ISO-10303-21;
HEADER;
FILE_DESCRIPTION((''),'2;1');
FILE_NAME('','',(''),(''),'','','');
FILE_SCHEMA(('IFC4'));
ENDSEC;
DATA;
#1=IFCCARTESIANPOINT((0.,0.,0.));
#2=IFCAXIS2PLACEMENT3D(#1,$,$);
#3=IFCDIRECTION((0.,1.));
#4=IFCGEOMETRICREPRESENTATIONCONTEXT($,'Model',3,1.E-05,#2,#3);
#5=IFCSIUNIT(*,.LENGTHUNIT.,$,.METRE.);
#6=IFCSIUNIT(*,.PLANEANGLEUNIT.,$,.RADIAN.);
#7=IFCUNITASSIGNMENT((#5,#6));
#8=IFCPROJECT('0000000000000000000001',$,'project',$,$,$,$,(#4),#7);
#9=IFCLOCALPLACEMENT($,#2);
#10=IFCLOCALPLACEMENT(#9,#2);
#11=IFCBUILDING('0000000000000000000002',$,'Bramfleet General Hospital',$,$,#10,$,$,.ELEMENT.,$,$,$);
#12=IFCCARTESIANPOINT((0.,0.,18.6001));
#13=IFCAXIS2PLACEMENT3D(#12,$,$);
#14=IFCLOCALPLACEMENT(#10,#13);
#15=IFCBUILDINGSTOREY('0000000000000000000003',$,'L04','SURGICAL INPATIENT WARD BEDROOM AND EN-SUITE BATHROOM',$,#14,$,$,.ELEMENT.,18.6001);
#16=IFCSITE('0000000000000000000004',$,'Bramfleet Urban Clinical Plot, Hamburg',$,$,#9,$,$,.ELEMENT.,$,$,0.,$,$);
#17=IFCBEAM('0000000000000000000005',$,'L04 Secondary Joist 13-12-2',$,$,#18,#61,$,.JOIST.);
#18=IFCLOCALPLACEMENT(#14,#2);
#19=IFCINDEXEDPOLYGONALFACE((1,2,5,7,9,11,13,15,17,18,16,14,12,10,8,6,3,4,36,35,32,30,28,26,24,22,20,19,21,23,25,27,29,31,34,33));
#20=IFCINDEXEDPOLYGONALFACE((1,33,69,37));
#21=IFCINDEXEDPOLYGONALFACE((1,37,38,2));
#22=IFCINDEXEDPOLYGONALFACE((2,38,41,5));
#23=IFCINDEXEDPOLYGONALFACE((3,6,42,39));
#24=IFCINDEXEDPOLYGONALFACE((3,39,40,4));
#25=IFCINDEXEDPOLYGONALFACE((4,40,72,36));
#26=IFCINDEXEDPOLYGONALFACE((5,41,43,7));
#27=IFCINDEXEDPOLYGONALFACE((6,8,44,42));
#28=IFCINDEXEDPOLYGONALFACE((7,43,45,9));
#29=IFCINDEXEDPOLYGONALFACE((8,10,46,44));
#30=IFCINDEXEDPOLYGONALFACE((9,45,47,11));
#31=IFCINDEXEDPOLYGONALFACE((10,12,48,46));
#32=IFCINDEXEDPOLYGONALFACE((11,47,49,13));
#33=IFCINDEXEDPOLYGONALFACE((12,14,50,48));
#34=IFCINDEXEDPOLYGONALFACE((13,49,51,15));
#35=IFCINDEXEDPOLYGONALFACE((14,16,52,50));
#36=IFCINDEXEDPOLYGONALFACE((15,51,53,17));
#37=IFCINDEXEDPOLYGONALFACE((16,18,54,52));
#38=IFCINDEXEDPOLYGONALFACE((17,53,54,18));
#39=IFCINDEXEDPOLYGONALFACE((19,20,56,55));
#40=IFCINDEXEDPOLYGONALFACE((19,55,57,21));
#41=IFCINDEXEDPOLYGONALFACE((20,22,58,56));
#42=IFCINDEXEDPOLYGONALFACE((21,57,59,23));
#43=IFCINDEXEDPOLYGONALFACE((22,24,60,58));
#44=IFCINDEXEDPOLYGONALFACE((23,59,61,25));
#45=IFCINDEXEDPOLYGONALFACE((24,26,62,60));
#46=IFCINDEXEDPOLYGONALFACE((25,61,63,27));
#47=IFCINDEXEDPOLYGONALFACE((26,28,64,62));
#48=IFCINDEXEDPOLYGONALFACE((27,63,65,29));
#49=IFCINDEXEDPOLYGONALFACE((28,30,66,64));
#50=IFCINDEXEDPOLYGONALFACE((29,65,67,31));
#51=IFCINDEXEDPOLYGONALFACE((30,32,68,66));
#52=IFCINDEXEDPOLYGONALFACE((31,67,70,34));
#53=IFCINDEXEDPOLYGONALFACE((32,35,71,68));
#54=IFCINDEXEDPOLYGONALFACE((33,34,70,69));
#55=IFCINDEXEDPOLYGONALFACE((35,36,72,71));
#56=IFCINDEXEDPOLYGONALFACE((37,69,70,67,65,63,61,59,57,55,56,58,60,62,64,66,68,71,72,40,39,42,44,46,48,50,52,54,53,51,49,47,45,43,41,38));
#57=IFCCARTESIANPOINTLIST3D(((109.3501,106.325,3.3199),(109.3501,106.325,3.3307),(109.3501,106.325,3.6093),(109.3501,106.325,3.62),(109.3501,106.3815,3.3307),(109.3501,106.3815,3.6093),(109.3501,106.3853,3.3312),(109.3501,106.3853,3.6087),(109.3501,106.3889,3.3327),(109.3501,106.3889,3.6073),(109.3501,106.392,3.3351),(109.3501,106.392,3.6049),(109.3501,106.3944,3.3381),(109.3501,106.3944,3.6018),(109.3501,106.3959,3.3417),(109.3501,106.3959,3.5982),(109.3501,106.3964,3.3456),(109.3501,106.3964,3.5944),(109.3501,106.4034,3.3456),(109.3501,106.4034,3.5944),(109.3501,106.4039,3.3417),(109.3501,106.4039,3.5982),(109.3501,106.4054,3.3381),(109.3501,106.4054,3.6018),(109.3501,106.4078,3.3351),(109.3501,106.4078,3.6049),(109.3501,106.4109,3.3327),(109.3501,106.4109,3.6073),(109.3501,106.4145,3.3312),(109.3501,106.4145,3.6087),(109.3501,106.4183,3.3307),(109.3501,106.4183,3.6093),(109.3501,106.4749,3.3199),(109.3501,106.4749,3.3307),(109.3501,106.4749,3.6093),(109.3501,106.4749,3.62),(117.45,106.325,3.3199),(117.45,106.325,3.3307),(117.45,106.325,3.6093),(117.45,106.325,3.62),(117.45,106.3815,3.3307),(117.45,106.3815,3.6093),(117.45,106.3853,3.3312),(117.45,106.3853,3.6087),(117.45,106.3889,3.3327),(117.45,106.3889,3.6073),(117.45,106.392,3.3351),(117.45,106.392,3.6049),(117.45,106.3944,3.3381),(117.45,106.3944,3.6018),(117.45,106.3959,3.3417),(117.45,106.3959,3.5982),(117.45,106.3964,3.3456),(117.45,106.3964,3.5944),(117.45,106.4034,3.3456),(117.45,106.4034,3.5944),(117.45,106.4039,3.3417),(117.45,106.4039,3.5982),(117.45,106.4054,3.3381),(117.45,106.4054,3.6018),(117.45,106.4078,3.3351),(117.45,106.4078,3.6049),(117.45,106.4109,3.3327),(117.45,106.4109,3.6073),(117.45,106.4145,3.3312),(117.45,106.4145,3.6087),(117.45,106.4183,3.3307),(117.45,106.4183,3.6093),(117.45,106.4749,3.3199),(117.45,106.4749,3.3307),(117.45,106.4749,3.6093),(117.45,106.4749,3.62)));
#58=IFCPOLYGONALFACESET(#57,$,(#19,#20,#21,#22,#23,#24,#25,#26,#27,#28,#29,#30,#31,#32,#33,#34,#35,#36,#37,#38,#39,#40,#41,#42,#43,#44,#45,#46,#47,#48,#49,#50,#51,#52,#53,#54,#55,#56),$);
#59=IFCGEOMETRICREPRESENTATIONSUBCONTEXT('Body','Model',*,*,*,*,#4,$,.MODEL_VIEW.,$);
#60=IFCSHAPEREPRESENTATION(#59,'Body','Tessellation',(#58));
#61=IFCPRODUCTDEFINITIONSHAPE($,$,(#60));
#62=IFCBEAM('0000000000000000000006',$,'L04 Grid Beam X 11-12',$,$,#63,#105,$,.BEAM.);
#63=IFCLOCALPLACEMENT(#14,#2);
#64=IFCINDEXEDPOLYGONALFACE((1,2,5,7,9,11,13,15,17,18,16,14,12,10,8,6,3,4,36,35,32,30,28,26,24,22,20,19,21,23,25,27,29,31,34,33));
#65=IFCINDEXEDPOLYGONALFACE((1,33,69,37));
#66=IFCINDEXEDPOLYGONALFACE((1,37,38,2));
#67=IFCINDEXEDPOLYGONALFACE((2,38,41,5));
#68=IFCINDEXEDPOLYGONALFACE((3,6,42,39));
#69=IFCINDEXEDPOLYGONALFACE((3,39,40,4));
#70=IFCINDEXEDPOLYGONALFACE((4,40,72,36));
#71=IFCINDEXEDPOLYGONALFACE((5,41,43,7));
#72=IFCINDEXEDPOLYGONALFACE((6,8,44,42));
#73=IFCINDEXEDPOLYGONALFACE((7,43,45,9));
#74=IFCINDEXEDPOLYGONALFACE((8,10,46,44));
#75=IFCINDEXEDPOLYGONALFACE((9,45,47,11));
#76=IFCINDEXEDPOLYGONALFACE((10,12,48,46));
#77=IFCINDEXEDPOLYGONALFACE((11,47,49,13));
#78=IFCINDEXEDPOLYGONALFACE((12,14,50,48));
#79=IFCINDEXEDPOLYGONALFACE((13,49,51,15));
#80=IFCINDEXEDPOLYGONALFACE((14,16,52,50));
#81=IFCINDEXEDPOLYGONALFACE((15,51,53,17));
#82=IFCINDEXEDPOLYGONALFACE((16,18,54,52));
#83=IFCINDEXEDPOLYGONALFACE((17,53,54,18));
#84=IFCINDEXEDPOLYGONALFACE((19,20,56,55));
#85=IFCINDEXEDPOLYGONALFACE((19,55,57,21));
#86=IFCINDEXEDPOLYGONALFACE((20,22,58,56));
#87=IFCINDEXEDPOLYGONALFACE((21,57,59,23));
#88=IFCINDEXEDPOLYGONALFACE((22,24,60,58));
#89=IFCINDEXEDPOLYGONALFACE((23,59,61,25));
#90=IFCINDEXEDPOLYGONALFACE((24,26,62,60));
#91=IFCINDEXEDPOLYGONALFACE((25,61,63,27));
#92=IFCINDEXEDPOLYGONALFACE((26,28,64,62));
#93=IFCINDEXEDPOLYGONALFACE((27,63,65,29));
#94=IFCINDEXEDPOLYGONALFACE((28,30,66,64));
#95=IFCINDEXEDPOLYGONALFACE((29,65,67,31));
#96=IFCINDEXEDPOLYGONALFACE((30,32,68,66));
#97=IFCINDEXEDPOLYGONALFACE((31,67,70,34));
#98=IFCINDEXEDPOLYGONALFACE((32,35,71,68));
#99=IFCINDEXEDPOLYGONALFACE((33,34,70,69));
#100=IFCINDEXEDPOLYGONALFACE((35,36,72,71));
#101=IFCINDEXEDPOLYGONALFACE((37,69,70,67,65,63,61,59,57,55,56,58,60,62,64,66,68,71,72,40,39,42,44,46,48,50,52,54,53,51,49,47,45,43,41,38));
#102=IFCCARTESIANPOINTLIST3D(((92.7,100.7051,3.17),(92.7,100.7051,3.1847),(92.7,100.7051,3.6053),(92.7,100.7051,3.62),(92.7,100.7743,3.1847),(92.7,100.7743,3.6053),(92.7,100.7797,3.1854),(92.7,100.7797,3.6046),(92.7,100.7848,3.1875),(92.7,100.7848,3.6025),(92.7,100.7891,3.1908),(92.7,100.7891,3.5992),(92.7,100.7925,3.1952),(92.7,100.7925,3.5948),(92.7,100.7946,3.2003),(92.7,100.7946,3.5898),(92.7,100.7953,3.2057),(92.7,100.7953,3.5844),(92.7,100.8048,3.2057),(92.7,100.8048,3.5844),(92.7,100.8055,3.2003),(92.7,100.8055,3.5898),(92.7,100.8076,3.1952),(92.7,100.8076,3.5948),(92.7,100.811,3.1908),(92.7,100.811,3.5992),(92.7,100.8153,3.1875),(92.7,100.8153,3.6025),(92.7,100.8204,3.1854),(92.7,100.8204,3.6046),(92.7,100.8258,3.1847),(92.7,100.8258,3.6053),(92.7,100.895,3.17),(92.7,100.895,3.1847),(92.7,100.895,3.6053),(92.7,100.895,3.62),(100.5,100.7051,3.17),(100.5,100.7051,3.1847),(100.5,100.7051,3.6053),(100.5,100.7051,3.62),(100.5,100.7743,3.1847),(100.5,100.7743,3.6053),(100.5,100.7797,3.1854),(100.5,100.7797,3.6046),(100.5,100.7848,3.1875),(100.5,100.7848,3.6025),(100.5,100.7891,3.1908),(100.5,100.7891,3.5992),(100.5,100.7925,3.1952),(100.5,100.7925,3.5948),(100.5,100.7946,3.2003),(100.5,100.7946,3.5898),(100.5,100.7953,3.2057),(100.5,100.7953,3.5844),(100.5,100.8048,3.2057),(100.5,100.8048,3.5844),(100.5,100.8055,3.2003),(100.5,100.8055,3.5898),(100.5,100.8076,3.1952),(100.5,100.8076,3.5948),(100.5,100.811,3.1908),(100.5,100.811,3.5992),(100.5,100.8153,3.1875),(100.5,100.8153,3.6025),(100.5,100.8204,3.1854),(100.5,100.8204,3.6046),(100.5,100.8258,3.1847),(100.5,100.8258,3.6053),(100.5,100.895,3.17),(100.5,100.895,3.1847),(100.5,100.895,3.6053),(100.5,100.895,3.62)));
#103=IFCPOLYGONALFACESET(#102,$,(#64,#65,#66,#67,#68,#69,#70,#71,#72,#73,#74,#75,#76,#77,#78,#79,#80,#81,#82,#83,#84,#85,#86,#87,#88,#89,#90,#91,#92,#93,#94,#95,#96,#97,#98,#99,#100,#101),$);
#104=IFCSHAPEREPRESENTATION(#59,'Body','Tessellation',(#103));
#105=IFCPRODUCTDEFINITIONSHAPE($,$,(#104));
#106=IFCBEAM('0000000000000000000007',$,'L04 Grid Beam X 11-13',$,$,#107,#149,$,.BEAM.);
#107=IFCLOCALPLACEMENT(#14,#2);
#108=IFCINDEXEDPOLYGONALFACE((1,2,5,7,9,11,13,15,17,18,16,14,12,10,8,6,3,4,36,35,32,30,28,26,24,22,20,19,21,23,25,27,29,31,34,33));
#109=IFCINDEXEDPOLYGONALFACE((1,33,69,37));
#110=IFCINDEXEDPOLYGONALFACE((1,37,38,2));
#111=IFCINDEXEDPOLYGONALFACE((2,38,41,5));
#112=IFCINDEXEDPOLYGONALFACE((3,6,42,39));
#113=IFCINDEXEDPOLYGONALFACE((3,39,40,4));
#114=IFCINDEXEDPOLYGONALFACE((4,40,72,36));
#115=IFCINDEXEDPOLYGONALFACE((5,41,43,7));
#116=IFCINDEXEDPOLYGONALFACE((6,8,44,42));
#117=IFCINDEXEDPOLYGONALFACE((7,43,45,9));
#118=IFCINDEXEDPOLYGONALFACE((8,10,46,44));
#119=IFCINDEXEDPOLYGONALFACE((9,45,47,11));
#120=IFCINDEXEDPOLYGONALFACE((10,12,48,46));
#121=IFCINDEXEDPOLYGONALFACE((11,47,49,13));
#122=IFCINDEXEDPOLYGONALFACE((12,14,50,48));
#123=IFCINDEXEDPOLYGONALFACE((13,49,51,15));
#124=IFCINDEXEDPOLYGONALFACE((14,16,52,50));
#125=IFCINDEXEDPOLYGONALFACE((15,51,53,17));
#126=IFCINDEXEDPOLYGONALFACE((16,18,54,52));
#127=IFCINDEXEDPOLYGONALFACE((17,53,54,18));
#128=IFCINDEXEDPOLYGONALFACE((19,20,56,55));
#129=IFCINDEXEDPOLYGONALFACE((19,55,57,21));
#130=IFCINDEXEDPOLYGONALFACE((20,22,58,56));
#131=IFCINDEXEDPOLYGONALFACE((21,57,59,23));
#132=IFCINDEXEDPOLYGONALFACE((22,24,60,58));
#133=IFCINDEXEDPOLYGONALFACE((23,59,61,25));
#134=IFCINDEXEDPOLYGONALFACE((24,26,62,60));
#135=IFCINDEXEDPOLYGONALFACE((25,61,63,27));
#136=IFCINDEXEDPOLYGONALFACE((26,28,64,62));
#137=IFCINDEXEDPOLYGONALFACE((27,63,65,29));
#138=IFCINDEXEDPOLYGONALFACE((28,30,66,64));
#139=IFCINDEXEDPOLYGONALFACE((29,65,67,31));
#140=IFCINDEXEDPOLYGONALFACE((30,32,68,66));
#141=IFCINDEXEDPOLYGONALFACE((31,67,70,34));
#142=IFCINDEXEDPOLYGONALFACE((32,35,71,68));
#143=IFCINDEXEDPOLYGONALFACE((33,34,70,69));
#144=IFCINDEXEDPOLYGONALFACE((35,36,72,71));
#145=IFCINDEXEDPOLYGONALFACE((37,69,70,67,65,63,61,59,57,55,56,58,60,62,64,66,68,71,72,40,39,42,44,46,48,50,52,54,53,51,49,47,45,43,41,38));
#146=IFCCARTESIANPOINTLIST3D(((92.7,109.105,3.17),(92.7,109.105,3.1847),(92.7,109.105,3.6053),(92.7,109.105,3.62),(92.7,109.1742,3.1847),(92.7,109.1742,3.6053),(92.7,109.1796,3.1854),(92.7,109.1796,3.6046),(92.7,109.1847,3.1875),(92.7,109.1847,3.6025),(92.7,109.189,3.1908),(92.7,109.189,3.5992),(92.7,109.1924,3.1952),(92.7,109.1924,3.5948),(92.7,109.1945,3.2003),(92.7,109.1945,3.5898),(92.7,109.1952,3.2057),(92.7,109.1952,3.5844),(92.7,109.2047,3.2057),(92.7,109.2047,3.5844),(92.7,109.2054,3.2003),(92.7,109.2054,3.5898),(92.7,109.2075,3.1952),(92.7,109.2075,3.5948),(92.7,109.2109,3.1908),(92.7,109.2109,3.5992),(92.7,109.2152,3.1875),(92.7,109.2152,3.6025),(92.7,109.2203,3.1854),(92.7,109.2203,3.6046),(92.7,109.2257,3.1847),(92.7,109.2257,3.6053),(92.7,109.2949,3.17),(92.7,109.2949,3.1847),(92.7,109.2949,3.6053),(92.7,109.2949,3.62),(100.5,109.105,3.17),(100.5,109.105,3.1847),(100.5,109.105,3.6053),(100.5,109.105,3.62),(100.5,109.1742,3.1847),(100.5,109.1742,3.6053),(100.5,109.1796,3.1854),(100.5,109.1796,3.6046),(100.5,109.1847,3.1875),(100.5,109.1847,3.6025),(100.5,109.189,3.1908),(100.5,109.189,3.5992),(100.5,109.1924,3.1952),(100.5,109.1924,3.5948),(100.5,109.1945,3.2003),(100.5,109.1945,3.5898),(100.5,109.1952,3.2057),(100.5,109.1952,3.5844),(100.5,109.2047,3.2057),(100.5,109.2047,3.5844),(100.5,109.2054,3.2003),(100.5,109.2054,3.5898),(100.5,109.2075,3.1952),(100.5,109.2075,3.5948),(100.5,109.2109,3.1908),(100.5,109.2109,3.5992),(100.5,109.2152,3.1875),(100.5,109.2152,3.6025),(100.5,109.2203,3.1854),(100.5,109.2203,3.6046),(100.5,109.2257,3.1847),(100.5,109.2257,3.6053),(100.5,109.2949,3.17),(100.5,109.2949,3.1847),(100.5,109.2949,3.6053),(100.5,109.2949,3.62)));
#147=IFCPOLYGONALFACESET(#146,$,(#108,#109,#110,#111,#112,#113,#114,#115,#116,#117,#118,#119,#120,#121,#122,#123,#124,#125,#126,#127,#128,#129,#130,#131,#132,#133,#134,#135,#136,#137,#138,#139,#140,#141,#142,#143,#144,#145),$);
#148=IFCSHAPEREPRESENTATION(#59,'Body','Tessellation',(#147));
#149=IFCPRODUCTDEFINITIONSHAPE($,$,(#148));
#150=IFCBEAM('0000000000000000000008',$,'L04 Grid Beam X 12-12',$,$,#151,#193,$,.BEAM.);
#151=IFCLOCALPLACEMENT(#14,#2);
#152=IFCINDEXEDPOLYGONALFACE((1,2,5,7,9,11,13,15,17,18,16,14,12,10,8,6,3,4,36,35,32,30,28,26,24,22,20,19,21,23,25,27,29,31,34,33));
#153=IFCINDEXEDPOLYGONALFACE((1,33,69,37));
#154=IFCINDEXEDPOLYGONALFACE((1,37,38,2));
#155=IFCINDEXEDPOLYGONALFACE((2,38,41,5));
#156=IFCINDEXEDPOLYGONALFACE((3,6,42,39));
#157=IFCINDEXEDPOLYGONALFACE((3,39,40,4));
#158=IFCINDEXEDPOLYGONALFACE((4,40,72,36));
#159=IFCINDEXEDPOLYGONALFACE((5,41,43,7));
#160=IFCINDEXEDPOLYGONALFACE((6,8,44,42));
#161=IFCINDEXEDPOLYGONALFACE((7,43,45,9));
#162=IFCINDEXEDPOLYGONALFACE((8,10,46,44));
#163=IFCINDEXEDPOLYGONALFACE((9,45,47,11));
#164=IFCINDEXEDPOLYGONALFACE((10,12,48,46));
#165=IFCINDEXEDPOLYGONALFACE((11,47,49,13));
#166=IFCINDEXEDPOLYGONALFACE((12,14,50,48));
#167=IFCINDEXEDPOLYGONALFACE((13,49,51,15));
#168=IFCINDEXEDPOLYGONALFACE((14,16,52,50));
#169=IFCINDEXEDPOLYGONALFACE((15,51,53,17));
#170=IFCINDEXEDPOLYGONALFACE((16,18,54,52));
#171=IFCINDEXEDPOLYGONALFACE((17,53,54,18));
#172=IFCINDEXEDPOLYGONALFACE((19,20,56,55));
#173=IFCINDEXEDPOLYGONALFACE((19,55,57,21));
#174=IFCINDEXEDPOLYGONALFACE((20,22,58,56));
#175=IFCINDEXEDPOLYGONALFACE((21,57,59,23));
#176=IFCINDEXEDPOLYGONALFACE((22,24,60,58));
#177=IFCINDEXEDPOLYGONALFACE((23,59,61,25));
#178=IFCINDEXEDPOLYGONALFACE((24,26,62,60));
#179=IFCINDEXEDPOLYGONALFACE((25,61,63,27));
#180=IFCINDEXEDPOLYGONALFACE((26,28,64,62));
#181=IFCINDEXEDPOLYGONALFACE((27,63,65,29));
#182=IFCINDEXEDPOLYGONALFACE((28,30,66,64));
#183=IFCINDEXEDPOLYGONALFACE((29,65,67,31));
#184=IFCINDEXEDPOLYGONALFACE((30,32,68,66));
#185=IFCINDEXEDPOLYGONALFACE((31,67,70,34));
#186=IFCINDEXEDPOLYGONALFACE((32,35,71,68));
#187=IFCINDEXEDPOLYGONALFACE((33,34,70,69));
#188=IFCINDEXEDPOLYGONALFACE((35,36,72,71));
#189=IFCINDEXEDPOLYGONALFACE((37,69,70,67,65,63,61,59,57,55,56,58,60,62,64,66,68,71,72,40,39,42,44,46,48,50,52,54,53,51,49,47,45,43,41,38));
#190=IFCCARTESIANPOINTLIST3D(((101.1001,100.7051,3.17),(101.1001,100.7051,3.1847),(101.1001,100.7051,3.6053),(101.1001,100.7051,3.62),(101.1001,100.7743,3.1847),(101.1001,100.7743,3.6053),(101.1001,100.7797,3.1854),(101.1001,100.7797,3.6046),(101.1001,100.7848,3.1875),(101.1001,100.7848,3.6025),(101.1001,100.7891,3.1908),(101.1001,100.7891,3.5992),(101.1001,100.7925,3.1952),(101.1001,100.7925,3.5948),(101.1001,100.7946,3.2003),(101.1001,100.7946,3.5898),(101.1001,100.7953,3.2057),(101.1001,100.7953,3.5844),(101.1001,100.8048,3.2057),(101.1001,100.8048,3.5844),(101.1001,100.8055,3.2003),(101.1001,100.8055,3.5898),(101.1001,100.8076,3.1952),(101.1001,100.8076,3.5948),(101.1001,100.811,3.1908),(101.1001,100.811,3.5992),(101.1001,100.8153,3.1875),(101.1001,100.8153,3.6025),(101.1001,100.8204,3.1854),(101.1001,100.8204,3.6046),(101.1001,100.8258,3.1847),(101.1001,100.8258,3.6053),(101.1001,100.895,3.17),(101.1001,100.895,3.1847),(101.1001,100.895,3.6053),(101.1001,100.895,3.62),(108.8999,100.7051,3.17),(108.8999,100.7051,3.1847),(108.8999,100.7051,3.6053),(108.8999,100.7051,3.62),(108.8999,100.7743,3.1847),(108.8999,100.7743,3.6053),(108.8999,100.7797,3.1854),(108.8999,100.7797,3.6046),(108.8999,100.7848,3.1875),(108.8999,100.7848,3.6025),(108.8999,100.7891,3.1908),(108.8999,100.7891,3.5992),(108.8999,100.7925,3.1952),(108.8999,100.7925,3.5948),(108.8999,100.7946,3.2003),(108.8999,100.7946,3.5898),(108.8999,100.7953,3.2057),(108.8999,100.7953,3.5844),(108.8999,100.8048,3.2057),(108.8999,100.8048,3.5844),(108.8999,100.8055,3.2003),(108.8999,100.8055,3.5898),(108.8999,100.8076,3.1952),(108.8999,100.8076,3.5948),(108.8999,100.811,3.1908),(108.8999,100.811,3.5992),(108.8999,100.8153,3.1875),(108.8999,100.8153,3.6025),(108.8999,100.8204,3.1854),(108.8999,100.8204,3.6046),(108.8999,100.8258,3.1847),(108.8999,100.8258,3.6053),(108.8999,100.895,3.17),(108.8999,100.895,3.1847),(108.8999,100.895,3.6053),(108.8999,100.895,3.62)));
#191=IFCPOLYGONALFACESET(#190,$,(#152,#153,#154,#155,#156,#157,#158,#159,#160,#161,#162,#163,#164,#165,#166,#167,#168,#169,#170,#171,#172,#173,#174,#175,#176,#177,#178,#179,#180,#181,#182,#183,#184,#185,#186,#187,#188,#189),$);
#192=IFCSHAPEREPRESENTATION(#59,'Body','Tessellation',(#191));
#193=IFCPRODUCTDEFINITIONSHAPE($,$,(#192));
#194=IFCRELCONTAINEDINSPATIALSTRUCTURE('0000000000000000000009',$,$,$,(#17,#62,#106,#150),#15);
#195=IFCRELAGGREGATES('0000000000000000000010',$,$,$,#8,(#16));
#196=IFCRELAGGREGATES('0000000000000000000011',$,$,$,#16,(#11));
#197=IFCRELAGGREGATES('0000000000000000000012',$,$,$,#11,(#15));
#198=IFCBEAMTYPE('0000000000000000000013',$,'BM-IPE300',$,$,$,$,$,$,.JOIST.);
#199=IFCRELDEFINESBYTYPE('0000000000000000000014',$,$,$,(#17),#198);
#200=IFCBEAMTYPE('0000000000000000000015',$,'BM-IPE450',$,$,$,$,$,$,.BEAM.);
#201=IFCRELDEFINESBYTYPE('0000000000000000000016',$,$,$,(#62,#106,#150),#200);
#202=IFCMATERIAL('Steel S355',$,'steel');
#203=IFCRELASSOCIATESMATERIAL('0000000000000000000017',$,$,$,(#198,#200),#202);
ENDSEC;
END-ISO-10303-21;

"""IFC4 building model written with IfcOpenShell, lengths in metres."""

from ifc_helpers import new_model, si_unit, direction, frame, origin, origin_2d, place, context, subcontext, project, spatial, i_section, extrude, material, material_profile, profile_set, type_object, element, save


model = new_model("IFC4")

# Units and contexts
model_context = context("Model", 3, precision=1e-05, world=origin(), true_north=direction((0.0, 1.0)))
body_context = subcontext(model_context, "Body", "Model", "MODEL_VIEW")
ifc_project = project(units=[si_unit("LENGTHUNIT", "METRE"), si_unit("PLANEANGLEUNIT", "RADIAN")], contexts=[model_context])

# Site, building, storey
site_placement = place(None, origin())
site = spatial("IfcSite", under=ifc_project, at=site_placement, Name="Bramfleet Urban Clinical Plot, Hamburg", CompositionType="ELEMENT", RefElevation=0.0)
building_placement = place(site_placement, origin())
building = spatial("IfcBuilding", under=site, at=building_placement, Name="Bramfleet General Hospital", CompositionType="ELEMENT")
storey_placement = place(building_placement, frame((0.0, 0.0, 18.6001)))
storey = spatial("IfcBuildingStorey", under=building, at=storey_placement, Name="L04", Description="SURGICAL INPATIENT WARD BEDROOM AND EN-SUITE BATHROOM", CompositionType="ELEMENT", Elevation=18.6001)

# Beams
ifc_material_1 = material(Name="Steel S355", Category="steel")
ifc_material_profile_1 = material_profile(ifc_material_1, i_section(OverallWidth=0.1499, OverallDepth=0.3, WebThickness=0.0071, FlangeThickness=0.0107, FilletRadius=0.0149, at=origin_2d()), Name="IPE 300")
ifc_profile_set_1 = profile_set([ifc_material_profile_1], Name="Steel S355")
beam_type_1 = type_object("IfcBeamType", Name="BM-IPE300", PredefinedType="JOIST", material=ifc_profile_set_1)
for number, where, z_axis, x_axis, name in (
    (1, (109.3501, 106.3999, 3.47), (1.0, 0.0, 0.0), (0.0, 1.0, 0.0), "L04 Secondary Joist 13-12-2"),
):
    element("IfcBeam", number, at=place(storey_placement, frame(where, z_axis=z_axis, x_axis=x_axis)), inside=storey, type_object=beam_type_1, Name=name, PredefinedType="JOIST", context=body_context, shape_type="SweptSolid", body=[
        extrude(i_section(OverallWidth=0.1499, OverallDepth=0.3, WebThickness=0.0071, FlangeThickness=0.0107, FilletRadius=0.0149, at=origin_2d()), origin(), (0.0, 0.0, 1.0), 8.0999),
    ])
ifc_material_profile_2 = material_profile(ifc_material_1, i_section(OverallWidth=0.1899, OverallDepth=0.45, WebThickness=0.0095, FlangeThickness=0.0146, FilletRadius=0.021, at=origin_2d()), Name="IPE 450")
ifc_profile_set_2 = profile_set([ifc_material_profile_2], Name="Steel S355")
beam_type_2 = type_object("IfcBeamType", Name="BM-IPE450", PredefinedType="BEAM", material=ifc_profile_set_2)
for number, where, z_axis, x_axis, name in (
    (2, (92.7, 100.8, 3.395), (1.0, 0.0, 0.0), (0.0, 1.0, 0.0), "L04 Grid Beam X 11-12"),
    (3, (92.7, 109.2, 3.395), (1.0, 0.0, 0.0), (0.0, 1.0, 0.0), "L04 Grid Beam X 11-13"),
):
    element("IfcBeam", number, at=place(storey_placement, frame(where, z_axis=z_axis, x_axis=x_axis)), inside=storey, type_object=beam_type_2, Name=name, PredefinedType="BEAM", context=body_context, shape_type="SweptSolid", body=[
        extrude(i_section(OverallWidth=0.1899, OverallDepth=0.45, WebThickness=0.0095, FlangeThickness=0.0146, FilletRadius=0.021, at=origin_2d()), origin(), (0.0, 0.0, 1.0), 7.8),
    ])
for number, where, z_axis, x_axis, name in (
    (4, (101.1001, 100.8, 3.395), (1.0, 0.0, 0.0), (0.0, 1.0, 0.0), "L04 Grid Beam X 12-12"),
):
    element("IfcBeam", number, at=place(storey_placement, frame(where, z_axis=z_axis, x_axis=x_axis)), inside=storey, type_object=beam_type_2, Name=name, PredefinedType="BEAM", context=body_context, shape_type="SweptSolid", body=[
        extrude(i_section(OverallWidth=0.1899, OverallDepth=0.45, WebThickness=0.0095, FlangeThickness=0.0146, FilletRadius=0.021, at=origin_2d()), origin(), (0.0, 0.0, 1.0), 7.7998),
    ])

save(model, "model.ifc")
